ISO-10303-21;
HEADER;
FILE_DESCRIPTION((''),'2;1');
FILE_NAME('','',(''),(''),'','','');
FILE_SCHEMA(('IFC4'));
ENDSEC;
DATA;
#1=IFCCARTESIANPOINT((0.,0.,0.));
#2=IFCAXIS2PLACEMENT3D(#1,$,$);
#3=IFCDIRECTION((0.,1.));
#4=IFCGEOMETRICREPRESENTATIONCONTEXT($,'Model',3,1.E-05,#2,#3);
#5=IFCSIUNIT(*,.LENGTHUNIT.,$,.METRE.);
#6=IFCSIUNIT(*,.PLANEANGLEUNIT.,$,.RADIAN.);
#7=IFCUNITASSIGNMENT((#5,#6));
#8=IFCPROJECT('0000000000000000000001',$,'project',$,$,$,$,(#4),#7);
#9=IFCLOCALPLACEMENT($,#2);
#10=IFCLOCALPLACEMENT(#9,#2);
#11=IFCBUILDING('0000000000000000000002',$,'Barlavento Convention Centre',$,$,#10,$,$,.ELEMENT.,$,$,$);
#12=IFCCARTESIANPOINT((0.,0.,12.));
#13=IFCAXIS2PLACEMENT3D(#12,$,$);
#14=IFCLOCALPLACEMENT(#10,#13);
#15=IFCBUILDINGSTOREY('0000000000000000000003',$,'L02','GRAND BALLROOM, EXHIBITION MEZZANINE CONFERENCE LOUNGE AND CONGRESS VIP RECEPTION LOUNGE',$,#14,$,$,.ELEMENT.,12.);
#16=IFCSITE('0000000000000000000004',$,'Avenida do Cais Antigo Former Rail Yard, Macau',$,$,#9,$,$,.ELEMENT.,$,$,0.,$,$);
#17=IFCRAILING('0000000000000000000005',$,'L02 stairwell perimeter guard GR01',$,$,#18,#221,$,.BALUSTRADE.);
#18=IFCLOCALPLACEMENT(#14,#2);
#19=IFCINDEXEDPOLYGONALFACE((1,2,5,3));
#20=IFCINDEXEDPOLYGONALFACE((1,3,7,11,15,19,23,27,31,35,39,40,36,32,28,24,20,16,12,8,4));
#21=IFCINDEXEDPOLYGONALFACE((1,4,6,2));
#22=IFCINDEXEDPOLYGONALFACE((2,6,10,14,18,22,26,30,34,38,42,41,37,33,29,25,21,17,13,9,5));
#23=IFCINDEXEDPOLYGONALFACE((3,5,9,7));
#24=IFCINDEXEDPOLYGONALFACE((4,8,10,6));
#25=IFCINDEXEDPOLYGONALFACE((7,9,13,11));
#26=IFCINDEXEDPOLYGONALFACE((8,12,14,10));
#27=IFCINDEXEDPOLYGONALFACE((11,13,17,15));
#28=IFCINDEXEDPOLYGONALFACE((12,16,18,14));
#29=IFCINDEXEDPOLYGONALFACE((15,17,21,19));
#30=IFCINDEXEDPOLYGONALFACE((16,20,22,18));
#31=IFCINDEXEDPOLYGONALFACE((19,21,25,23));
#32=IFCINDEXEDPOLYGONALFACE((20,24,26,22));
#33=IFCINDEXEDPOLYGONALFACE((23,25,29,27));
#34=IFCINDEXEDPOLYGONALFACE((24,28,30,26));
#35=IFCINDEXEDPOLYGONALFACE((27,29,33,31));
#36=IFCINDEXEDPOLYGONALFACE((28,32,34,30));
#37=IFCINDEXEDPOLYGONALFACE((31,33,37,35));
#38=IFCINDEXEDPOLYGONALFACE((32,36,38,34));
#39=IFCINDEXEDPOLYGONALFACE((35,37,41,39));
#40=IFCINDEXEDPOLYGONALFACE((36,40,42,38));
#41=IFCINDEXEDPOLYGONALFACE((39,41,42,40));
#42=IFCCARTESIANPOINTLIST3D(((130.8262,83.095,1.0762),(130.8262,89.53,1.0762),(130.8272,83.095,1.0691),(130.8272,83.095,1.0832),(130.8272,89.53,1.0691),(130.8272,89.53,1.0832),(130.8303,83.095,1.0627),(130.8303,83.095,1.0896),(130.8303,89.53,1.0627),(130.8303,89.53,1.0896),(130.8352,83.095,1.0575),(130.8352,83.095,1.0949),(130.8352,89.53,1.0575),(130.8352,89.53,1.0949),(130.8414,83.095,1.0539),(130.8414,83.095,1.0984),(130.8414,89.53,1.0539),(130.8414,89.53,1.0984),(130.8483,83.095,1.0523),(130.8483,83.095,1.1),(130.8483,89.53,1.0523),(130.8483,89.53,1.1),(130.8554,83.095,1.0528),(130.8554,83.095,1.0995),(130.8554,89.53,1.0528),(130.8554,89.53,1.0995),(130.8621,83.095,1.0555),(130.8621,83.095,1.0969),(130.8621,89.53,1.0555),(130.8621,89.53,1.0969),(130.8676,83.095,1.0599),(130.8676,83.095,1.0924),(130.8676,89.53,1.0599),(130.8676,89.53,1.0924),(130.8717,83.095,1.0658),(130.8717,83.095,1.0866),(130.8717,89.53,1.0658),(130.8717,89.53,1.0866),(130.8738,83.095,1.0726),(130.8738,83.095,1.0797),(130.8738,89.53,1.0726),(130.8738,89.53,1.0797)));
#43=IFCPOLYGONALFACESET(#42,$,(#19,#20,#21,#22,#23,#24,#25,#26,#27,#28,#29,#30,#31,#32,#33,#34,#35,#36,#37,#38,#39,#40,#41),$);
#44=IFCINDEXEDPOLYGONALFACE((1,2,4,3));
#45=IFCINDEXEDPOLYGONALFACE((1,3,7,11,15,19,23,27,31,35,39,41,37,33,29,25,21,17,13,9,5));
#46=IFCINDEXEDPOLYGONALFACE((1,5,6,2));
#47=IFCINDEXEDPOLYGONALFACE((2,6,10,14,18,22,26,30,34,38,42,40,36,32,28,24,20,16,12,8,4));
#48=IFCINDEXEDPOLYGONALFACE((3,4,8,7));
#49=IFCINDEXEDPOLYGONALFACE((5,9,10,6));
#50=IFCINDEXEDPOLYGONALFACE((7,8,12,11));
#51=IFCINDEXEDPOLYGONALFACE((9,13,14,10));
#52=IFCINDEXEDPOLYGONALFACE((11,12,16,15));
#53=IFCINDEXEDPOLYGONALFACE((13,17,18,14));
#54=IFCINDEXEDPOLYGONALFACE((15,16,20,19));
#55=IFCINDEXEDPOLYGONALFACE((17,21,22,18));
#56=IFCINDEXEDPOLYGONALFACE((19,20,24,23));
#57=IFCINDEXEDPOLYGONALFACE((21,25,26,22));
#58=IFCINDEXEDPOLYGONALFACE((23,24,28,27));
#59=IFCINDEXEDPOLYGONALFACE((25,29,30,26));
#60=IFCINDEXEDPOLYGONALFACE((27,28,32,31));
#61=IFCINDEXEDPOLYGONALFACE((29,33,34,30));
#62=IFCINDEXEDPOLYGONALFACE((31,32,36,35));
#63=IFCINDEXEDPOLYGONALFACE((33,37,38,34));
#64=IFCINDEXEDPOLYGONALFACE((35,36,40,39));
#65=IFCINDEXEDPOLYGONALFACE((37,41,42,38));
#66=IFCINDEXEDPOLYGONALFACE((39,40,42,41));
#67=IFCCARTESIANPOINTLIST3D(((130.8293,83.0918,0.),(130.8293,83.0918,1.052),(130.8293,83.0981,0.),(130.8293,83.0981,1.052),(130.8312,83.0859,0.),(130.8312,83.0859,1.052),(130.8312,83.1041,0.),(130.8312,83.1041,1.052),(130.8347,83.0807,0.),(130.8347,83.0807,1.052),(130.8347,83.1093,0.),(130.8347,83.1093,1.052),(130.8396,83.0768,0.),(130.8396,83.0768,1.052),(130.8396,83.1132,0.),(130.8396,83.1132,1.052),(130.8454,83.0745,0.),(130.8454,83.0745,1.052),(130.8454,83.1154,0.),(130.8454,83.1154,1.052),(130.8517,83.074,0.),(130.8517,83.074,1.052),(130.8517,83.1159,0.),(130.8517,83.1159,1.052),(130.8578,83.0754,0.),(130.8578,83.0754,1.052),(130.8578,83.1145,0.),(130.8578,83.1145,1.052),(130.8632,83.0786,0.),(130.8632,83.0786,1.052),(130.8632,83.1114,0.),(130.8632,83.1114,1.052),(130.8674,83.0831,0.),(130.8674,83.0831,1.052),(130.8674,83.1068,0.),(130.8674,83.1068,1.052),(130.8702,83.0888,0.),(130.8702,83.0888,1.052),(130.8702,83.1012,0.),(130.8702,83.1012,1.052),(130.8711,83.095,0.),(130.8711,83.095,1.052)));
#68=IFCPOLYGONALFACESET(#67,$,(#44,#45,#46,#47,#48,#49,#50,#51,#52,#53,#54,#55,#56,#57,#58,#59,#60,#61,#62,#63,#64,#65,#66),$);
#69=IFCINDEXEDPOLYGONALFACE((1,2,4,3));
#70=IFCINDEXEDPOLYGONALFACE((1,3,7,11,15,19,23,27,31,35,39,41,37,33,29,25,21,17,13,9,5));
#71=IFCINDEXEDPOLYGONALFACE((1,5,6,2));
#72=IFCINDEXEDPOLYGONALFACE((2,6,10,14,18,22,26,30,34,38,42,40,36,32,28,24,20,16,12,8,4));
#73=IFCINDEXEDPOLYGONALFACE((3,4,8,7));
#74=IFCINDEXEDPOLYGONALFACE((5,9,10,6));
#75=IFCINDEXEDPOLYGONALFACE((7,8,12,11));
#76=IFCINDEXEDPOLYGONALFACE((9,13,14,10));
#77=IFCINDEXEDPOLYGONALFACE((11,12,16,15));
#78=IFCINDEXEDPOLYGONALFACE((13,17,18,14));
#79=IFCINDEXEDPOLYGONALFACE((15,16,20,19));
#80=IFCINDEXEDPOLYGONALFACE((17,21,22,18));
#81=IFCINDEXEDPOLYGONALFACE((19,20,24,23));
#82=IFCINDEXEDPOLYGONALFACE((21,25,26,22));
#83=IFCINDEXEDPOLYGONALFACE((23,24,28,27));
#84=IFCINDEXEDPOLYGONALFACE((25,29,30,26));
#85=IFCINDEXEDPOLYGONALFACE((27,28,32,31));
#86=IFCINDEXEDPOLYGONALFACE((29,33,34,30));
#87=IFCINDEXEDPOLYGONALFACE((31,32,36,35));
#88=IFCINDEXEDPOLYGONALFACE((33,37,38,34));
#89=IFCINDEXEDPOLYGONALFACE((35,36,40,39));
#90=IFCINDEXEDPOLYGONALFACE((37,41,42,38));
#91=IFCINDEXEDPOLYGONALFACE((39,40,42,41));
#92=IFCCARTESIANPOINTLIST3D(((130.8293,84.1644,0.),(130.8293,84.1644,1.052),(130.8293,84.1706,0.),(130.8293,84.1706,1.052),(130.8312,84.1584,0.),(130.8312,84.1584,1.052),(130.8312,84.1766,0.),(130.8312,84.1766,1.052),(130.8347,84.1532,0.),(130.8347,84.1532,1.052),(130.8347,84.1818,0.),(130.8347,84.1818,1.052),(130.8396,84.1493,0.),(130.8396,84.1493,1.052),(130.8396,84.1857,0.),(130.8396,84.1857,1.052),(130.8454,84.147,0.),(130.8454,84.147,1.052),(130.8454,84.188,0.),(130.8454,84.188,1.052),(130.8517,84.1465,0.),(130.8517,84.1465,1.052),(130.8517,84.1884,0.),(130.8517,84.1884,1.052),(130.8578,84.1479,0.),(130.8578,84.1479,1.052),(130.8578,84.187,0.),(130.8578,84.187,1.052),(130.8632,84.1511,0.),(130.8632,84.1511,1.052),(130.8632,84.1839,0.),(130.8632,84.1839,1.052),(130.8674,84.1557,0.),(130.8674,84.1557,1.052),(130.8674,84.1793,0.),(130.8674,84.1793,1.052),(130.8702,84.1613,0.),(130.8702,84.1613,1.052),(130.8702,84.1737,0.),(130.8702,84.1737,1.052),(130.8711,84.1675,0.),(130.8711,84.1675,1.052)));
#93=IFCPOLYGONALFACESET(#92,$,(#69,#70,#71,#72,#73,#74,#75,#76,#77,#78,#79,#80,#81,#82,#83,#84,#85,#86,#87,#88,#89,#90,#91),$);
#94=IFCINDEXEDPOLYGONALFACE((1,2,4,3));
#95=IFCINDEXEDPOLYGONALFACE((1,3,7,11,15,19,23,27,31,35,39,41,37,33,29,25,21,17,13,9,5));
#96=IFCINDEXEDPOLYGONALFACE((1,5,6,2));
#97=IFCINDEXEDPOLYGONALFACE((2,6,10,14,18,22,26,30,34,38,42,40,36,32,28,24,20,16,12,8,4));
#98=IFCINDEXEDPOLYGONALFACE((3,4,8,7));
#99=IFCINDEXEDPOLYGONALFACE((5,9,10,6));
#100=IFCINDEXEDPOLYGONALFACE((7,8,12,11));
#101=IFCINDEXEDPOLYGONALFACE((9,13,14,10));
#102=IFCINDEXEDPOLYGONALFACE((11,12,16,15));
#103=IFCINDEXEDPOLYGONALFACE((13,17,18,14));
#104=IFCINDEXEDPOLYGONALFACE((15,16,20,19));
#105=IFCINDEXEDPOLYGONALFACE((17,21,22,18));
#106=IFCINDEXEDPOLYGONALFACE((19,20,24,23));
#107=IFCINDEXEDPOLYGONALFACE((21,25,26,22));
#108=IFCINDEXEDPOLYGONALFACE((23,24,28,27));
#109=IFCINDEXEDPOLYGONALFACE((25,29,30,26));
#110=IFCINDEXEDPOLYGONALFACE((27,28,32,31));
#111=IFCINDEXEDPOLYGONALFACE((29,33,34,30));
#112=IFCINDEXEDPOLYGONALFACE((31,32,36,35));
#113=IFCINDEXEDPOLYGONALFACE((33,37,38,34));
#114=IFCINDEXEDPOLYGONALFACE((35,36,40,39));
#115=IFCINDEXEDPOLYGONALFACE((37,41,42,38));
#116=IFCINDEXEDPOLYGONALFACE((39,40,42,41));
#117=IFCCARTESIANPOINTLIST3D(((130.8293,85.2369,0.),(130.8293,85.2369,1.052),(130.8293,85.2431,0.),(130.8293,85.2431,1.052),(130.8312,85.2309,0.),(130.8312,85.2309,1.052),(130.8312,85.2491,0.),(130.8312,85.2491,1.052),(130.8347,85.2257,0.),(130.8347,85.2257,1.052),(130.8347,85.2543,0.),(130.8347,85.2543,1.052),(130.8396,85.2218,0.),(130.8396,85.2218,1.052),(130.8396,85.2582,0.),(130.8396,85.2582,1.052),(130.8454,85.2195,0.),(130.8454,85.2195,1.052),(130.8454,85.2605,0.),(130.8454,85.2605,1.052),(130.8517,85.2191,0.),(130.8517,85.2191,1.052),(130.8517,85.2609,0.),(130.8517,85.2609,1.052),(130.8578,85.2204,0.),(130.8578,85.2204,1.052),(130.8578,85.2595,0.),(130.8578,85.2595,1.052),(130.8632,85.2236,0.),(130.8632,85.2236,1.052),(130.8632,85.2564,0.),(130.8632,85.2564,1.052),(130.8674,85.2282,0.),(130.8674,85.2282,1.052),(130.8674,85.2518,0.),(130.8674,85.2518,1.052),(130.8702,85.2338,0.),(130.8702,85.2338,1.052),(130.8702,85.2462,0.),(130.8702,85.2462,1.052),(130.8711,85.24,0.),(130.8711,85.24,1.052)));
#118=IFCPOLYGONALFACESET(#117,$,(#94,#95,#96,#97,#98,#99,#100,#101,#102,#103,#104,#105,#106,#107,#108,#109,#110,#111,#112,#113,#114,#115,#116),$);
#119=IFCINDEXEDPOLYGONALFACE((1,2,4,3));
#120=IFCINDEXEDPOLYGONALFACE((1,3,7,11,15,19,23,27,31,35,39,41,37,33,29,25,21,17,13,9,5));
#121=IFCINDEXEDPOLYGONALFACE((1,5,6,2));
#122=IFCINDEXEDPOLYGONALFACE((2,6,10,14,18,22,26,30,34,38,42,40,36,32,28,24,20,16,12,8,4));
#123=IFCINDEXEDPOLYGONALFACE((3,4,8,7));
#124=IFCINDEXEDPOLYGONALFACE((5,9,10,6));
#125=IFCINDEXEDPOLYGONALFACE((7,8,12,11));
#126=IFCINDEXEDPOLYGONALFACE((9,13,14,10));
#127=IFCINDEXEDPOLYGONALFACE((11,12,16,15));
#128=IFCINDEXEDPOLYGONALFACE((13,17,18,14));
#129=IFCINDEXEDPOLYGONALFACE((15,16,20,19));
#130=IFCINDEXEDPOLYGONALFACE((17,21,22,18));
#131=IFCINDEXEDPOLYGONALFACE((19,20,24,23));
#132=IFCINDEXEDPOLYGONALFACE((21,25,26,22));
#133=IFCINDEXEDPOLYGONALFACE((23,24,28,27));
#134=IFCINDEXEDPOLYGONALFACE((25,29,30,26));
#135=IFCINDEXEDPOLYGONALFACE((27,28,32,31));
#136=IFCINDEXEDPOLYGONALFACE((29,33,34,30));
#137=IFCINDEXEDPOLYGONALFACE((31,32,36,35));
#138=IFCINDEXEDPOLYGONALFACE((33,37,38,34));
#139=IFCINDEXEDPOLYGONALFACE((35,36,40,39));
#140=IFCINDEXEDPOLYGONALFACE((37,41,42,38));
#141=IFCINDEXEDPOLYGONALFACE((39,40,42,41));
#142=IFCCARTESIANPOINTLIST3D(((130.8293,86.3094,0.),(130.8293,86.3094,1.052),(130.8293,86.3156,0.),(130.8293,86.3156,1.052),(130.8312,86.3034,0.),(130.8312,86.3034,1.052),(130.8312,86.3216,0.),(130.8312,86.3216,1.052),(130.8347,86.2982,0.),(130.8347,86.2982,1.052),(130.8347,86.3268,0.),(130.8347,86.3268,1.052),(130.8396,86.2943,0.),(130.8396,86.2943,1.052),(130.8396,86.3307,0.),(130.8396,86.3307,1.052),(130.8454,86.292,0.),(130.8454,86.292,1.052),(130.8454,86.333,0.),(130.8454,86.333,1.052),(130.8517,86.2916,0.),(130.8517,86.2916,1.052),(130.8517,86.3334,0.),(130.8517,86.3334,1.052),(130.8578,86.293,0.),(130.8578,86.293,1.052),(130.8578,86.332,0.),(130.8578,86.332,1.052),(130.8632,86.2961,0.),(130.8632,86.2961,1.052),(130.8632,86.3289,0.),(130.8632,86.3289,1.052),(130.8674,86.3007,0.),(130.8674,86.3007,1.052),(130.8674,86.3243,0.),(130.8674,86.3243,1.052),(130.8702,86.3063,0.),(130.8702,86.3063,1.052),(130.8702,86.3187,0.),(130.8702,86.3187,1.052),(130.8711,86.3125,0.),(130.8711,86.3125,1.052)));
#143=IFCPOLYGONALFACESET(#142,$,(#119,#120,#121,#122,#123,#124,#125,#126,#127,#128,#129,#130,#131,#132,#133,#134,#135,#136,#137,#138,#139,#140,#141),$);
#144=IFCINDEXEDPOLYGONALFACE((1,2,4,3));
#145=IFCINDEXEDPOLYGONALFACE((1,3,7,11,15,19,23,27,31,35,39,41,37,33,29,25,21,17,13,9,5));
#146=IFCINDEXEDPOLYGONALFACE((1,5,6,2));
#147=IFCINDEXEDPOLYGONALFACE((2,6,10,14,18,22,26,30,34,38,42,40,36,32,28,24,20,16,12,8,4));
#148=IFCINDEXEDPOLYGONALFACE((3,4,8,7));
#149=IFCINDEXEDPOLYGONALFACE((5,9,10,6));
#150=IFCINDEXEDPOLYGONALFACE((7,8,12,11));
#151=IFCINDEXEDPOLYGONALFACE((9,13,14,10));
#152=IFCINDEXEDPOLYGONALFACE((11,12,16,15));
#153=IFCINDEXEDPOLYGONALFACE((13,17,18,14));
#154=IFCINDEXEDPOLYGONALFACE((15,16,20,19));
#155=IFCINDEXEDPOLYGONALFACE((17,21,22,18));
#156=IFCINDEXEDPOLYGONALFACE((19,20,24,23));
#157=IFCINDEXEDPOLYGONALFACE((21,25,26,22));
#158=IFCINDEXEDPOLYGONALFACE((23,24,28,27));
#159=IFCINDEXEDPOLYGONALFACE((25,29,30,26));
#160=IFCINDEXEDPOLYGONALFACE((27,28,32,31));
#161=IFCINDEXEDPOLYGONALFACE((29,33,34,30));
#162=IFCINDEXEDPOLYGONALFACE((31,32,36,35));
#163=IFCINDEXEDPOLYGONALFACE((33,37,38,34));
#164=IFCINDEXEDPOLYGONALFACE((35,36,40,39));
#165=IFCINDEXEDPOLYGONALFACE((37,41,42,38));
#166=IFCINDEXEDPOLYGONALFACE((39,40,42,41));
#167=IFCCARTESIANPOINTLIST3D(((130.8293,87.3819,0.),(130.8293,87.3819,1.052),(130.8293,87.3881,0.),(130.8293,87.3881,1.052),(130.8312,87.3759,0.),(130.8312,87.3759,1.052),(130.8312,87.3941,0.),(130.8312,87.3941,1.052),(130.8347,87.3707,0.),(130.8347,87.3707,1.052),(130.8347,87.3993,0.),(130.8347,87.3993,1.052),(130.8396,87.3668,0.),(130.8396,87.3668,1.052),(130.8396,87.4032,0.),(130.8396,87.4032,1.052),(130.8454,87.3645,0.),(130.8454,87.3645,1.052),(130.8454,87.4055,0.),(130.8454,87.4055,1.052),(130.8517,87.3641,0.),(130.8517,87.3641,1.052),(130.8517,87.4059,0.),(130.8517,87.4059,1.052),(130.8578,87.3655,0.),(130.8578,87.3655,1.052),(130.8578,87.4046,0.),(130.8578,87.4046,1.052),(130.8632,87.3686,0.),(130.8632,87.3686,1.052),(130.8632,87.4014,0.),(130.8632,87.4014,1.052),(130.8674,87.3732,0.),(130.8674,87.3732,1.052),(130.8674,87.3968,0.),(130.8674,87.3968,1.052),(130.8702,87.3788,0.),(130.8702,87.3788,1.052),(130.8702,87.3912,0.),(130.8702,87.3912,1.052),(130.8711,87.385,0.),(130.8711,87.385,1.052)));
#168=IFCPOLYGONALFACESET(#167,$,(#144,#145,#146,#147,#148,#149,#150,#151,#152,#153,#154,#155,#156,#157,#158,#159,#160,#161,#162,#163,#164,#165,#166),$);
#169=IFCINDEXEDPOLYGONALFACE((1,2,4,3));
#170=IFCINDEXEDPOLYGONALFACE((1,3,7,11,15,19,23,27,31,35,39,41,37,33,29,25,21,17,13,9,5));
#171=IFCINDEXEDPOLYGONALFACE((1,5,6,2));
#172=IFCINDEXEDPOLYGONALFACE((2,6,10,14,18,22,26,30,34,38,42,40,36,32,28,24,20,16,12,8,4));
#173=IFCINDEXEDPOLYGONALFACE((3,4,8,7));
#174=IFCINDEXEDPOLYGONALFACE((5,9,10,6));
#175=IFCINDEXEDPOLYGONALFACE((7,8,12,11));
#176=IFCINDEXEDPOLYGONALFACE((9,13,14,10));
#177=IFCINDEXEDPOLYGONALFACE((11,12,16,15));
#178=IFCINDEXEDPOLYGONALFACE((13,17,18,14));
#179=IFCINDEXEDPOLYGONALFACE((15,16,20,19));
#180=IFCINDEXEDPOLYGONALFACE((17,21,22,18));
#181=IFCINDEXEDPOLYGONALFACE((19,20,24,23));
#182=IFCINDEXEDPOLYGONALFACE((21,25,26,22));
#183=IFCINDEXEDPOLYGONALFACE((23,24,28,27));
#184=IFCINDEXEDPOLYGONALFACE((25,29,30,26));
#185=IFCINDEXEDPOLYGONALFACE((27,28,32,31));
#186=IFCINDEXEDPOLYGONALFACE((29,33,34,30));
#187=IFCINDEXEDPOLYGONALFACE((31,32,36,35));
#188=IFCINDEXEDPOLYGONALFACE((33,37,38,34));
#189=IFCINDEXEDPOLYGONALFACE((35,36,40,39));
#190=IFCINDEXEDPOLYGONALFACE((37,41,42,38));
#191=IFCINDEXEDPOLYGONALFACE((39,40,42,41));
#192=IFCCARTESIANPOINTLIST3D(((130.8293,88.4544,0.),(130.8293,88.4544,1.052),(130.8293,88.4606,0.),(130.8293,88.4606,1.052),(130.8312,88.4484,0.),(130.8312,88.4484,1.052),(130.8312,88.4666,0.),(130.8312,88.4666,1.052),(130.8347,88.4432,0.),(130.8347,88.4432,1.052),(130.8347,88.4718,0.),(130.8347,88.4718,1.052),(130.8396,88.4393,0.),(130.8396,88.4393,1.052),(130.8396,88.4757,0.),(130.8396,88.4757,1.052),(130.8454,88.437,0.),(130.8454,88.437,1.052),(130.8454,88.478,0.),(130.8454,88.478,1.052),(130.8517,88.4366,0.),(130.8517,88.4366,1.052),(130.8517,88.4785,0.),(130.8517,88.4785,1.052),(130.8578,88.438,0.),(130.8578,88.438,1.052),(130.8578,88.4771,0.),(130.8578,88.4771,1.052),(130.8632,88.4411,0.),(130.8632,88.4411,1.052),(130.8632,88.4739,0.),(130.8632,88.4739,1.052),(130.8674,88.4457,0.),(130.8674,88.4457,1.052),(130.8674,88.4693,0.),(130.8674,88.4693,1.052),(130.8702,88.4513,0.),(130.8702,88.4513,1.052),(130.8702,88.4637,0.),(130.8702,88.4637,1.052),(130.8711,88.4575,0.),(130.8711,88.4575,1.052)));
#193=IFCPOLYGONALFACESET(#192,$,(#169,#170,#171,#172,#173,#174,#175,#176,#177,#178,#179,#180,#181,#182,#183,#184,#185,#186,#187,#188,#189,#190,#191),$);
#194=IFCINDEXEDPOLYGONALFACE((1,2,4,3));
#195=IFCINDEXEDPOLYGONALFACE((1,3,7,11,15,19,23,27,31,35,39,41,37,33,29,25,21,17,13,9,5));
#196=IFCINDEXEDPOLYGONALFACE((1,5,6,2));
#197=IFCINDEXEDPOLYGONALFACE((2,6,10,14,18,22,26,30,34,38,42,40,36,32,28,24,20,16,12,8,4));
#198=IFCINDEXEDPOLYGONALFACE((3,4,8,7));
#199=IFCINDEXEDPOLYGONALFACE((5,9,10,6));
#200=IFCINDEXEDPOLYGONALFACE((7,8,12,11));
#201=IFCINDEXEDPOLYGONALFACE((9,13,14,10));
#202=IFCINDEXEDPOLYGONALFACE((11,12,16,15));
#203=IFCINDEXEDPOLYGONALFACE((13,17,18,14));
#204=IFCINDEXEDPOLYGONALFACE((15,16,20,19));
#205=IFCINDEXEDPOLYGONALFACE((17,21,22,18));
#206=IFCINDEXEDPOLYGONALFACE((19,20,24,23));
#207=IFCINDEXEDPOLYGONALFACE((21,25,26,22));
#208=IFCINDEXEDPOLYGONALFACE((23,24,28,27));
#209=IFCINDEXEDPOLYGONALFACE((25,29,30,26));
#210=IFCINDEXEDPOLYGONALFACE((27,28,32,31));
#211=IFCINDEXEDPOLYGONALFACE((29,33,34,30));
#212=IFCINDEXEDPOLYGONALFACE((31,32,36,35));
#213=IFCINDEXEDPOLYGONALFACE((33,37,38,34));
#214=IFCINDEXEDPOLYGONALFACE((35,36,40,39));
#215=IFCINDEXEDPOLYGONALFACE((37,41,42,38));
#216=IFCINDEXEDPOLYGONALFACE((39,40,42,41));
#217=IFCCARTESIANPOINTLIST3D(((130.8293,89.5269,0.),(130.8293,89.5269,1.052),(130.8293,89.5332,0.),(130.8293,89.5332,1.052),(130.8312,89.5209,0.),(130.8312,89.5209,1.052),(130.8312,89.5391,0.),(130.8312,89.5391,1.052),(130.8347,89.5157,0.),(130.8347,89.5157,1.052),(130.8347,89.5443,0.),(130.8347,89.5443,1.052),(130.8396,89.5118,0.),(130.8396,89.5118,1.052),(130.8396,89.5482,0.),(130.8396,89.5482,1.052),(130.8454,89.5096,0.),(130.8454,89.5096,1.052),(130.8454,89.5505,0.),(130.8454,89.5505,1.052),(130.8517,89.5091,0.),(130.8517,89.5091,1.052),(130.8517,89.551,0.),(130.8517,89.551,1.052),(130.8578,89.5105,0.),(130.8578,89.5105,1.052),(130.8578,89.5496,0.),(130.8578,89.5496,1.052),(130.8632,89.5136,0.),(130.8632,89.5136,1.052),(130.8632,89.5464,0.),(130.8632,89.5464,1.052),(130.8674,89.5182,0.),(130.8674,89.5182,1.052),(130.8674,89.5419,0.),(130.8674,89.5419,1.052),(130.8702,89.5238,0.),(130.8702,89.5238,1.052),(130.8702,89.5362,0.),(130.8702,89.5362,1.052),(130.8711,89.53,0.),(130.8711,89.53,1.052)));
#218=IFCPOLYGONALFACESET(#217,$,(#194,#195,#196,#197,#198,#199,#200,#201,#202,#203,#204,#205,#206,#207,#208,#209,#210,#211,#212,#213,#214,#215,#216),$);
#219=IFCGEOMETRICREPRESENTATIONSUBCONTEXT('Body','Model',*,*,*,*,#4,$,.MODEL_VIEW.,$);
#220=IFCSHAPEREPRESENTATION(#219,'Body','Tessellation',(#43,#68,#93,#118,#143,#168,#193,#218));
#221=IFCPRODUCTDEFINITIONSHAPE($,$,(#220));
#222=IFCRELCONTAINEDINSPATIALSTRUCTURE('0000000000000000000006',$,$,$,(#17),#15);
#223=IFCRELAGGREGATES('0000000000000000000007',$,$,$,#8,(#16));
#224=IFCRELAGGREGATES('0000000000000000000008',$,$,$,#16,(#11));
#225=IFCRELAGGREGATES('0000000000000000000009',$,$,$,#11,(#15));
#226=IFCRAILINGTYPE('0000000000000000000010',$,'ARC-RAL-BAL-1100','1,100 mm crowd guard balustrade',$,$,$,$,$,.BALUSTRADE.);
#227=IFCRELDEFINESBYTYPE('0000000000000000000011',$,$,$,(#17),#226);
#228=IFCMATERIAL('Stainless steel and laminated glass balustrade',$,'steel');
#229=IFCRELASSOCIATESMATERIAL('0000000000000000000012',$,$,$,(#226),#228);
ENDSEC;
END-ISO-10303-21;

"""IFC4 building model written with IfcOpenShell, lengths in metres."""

from ifc_helpers import new_model, si_unit, direction, frame, origin, origin_2d, place, context, subcontext, project, spatial, circle, extrude, material, type_object, element, save


model = new_model("IFC4")

# Units and contexts
model_context = context("Model", 3, precision=1e-05, world=origin(), true_north=direction((0.0, 1.0)))
body_context = subcontext(model_context, "Body", "Model", "MODEL_VIEW")
ifc_project = project(units=[si_unit("LENGTHUNIT", "METRE"), si_unit("PLANEANGLEUNIT", "RADIAN")], contexts=[model_context])

# Site, building, storey
site_placement = place(None, origin())
site = spatial("IfcSite", under=ifc_project, at=site_placement, Name="Avenida do Cais Antigo Former Rail Yard, Macau", CompositionType="ELEMENT", RefElevation=0.0)
building_placement = place(site_placement, origin())
building = spatial("IfcBuilding", under=site, at=building_placement, Name="Barlavento Convention Centre", CompositionType="ELEMENT")
storey_placement = place(building_placement, frame((0.0, 0.0, 12.0)))
storey = spatial("IfcBuildingStorey", under=building, at=storey_placement, Name="L02", Description="GRAND BALLROOM, EXHIBITION MEZZANINE CONFERENCE LOUNGE AND CONGRESS VIP RECEPTION LOUNGE", CompositionType="ELEMENT", Elevation=12.0)

# Railing
ifc_material_1 = material(Name="Stainless steel and laminated glass balustrade", Category="steel")
railing_type_1 = type_object("IfcRailingType", Name="ARC-RAL-BAL-1100", Description="1,100 mm crowd guard balustrade", PredefinedType="BALUSTRADE", material=ifc_material_1)
railing_1_placement = place(storey_placement, frame((130.8501, 83.095, 0.0)))
element("IfcRailing", 1, at=railing_1_placement, inside=storey, type_object=railing_type_1, Name="L02 stairwell perimeter guard GR01", PredefinedType="BALUSTRADE", context=body_context, shape_type="SweptSolid", body=[
    extrude(circle(Radius=0.0239, at=origin_2d()), frame((0.0, 0.0, 1.0762), z_axis=(0.0, 1.0, 0.0), x_axis=(-1.0, 0.0, 0.0)), (0.0, 0.0, 1.0), 6.4351),
    extrude(circle(Radius=0.021, at=origin_2d()), origin(), (0.0, 0.0, 1.0), 1.052),
    extrude(circle(Radius=0.021, at=origin_2d()), frame((0.0, 1.0725, 0.0)), (0.0, 0.0, 1.0), 1.052),
    extrude(circle(Radius=0.021, at=origin_2d()), frame((0.0, 2.145, 0.0)), (0.0, 0.0, 1.0), 1.052),
    extrude(circle(Radius=0.021, at=origin_2d()), frame((0.0, 3.2175, 0.0)), (0.0, 0.0, 1.0), 1.052),
    extrude(circle(Radius=0.021, at=origin_2d()), frame((0.0, 4.29, 0.0)), (0.0, 0.0, 1.0), 1.052),
    extrude(circle(Radius=0.021, at=origin_2d()), frame((0.0, 5.3625, 0.0)), (0.0, 0.0, 1.0), 1.052),
    extrude(circle(Radius=0.021, at=origin_2d()), frame((0.0, 6.4351, 0.0)), (0.0, 0.0, 1.0), 1.052),
])

save(model, "model.ifc")
